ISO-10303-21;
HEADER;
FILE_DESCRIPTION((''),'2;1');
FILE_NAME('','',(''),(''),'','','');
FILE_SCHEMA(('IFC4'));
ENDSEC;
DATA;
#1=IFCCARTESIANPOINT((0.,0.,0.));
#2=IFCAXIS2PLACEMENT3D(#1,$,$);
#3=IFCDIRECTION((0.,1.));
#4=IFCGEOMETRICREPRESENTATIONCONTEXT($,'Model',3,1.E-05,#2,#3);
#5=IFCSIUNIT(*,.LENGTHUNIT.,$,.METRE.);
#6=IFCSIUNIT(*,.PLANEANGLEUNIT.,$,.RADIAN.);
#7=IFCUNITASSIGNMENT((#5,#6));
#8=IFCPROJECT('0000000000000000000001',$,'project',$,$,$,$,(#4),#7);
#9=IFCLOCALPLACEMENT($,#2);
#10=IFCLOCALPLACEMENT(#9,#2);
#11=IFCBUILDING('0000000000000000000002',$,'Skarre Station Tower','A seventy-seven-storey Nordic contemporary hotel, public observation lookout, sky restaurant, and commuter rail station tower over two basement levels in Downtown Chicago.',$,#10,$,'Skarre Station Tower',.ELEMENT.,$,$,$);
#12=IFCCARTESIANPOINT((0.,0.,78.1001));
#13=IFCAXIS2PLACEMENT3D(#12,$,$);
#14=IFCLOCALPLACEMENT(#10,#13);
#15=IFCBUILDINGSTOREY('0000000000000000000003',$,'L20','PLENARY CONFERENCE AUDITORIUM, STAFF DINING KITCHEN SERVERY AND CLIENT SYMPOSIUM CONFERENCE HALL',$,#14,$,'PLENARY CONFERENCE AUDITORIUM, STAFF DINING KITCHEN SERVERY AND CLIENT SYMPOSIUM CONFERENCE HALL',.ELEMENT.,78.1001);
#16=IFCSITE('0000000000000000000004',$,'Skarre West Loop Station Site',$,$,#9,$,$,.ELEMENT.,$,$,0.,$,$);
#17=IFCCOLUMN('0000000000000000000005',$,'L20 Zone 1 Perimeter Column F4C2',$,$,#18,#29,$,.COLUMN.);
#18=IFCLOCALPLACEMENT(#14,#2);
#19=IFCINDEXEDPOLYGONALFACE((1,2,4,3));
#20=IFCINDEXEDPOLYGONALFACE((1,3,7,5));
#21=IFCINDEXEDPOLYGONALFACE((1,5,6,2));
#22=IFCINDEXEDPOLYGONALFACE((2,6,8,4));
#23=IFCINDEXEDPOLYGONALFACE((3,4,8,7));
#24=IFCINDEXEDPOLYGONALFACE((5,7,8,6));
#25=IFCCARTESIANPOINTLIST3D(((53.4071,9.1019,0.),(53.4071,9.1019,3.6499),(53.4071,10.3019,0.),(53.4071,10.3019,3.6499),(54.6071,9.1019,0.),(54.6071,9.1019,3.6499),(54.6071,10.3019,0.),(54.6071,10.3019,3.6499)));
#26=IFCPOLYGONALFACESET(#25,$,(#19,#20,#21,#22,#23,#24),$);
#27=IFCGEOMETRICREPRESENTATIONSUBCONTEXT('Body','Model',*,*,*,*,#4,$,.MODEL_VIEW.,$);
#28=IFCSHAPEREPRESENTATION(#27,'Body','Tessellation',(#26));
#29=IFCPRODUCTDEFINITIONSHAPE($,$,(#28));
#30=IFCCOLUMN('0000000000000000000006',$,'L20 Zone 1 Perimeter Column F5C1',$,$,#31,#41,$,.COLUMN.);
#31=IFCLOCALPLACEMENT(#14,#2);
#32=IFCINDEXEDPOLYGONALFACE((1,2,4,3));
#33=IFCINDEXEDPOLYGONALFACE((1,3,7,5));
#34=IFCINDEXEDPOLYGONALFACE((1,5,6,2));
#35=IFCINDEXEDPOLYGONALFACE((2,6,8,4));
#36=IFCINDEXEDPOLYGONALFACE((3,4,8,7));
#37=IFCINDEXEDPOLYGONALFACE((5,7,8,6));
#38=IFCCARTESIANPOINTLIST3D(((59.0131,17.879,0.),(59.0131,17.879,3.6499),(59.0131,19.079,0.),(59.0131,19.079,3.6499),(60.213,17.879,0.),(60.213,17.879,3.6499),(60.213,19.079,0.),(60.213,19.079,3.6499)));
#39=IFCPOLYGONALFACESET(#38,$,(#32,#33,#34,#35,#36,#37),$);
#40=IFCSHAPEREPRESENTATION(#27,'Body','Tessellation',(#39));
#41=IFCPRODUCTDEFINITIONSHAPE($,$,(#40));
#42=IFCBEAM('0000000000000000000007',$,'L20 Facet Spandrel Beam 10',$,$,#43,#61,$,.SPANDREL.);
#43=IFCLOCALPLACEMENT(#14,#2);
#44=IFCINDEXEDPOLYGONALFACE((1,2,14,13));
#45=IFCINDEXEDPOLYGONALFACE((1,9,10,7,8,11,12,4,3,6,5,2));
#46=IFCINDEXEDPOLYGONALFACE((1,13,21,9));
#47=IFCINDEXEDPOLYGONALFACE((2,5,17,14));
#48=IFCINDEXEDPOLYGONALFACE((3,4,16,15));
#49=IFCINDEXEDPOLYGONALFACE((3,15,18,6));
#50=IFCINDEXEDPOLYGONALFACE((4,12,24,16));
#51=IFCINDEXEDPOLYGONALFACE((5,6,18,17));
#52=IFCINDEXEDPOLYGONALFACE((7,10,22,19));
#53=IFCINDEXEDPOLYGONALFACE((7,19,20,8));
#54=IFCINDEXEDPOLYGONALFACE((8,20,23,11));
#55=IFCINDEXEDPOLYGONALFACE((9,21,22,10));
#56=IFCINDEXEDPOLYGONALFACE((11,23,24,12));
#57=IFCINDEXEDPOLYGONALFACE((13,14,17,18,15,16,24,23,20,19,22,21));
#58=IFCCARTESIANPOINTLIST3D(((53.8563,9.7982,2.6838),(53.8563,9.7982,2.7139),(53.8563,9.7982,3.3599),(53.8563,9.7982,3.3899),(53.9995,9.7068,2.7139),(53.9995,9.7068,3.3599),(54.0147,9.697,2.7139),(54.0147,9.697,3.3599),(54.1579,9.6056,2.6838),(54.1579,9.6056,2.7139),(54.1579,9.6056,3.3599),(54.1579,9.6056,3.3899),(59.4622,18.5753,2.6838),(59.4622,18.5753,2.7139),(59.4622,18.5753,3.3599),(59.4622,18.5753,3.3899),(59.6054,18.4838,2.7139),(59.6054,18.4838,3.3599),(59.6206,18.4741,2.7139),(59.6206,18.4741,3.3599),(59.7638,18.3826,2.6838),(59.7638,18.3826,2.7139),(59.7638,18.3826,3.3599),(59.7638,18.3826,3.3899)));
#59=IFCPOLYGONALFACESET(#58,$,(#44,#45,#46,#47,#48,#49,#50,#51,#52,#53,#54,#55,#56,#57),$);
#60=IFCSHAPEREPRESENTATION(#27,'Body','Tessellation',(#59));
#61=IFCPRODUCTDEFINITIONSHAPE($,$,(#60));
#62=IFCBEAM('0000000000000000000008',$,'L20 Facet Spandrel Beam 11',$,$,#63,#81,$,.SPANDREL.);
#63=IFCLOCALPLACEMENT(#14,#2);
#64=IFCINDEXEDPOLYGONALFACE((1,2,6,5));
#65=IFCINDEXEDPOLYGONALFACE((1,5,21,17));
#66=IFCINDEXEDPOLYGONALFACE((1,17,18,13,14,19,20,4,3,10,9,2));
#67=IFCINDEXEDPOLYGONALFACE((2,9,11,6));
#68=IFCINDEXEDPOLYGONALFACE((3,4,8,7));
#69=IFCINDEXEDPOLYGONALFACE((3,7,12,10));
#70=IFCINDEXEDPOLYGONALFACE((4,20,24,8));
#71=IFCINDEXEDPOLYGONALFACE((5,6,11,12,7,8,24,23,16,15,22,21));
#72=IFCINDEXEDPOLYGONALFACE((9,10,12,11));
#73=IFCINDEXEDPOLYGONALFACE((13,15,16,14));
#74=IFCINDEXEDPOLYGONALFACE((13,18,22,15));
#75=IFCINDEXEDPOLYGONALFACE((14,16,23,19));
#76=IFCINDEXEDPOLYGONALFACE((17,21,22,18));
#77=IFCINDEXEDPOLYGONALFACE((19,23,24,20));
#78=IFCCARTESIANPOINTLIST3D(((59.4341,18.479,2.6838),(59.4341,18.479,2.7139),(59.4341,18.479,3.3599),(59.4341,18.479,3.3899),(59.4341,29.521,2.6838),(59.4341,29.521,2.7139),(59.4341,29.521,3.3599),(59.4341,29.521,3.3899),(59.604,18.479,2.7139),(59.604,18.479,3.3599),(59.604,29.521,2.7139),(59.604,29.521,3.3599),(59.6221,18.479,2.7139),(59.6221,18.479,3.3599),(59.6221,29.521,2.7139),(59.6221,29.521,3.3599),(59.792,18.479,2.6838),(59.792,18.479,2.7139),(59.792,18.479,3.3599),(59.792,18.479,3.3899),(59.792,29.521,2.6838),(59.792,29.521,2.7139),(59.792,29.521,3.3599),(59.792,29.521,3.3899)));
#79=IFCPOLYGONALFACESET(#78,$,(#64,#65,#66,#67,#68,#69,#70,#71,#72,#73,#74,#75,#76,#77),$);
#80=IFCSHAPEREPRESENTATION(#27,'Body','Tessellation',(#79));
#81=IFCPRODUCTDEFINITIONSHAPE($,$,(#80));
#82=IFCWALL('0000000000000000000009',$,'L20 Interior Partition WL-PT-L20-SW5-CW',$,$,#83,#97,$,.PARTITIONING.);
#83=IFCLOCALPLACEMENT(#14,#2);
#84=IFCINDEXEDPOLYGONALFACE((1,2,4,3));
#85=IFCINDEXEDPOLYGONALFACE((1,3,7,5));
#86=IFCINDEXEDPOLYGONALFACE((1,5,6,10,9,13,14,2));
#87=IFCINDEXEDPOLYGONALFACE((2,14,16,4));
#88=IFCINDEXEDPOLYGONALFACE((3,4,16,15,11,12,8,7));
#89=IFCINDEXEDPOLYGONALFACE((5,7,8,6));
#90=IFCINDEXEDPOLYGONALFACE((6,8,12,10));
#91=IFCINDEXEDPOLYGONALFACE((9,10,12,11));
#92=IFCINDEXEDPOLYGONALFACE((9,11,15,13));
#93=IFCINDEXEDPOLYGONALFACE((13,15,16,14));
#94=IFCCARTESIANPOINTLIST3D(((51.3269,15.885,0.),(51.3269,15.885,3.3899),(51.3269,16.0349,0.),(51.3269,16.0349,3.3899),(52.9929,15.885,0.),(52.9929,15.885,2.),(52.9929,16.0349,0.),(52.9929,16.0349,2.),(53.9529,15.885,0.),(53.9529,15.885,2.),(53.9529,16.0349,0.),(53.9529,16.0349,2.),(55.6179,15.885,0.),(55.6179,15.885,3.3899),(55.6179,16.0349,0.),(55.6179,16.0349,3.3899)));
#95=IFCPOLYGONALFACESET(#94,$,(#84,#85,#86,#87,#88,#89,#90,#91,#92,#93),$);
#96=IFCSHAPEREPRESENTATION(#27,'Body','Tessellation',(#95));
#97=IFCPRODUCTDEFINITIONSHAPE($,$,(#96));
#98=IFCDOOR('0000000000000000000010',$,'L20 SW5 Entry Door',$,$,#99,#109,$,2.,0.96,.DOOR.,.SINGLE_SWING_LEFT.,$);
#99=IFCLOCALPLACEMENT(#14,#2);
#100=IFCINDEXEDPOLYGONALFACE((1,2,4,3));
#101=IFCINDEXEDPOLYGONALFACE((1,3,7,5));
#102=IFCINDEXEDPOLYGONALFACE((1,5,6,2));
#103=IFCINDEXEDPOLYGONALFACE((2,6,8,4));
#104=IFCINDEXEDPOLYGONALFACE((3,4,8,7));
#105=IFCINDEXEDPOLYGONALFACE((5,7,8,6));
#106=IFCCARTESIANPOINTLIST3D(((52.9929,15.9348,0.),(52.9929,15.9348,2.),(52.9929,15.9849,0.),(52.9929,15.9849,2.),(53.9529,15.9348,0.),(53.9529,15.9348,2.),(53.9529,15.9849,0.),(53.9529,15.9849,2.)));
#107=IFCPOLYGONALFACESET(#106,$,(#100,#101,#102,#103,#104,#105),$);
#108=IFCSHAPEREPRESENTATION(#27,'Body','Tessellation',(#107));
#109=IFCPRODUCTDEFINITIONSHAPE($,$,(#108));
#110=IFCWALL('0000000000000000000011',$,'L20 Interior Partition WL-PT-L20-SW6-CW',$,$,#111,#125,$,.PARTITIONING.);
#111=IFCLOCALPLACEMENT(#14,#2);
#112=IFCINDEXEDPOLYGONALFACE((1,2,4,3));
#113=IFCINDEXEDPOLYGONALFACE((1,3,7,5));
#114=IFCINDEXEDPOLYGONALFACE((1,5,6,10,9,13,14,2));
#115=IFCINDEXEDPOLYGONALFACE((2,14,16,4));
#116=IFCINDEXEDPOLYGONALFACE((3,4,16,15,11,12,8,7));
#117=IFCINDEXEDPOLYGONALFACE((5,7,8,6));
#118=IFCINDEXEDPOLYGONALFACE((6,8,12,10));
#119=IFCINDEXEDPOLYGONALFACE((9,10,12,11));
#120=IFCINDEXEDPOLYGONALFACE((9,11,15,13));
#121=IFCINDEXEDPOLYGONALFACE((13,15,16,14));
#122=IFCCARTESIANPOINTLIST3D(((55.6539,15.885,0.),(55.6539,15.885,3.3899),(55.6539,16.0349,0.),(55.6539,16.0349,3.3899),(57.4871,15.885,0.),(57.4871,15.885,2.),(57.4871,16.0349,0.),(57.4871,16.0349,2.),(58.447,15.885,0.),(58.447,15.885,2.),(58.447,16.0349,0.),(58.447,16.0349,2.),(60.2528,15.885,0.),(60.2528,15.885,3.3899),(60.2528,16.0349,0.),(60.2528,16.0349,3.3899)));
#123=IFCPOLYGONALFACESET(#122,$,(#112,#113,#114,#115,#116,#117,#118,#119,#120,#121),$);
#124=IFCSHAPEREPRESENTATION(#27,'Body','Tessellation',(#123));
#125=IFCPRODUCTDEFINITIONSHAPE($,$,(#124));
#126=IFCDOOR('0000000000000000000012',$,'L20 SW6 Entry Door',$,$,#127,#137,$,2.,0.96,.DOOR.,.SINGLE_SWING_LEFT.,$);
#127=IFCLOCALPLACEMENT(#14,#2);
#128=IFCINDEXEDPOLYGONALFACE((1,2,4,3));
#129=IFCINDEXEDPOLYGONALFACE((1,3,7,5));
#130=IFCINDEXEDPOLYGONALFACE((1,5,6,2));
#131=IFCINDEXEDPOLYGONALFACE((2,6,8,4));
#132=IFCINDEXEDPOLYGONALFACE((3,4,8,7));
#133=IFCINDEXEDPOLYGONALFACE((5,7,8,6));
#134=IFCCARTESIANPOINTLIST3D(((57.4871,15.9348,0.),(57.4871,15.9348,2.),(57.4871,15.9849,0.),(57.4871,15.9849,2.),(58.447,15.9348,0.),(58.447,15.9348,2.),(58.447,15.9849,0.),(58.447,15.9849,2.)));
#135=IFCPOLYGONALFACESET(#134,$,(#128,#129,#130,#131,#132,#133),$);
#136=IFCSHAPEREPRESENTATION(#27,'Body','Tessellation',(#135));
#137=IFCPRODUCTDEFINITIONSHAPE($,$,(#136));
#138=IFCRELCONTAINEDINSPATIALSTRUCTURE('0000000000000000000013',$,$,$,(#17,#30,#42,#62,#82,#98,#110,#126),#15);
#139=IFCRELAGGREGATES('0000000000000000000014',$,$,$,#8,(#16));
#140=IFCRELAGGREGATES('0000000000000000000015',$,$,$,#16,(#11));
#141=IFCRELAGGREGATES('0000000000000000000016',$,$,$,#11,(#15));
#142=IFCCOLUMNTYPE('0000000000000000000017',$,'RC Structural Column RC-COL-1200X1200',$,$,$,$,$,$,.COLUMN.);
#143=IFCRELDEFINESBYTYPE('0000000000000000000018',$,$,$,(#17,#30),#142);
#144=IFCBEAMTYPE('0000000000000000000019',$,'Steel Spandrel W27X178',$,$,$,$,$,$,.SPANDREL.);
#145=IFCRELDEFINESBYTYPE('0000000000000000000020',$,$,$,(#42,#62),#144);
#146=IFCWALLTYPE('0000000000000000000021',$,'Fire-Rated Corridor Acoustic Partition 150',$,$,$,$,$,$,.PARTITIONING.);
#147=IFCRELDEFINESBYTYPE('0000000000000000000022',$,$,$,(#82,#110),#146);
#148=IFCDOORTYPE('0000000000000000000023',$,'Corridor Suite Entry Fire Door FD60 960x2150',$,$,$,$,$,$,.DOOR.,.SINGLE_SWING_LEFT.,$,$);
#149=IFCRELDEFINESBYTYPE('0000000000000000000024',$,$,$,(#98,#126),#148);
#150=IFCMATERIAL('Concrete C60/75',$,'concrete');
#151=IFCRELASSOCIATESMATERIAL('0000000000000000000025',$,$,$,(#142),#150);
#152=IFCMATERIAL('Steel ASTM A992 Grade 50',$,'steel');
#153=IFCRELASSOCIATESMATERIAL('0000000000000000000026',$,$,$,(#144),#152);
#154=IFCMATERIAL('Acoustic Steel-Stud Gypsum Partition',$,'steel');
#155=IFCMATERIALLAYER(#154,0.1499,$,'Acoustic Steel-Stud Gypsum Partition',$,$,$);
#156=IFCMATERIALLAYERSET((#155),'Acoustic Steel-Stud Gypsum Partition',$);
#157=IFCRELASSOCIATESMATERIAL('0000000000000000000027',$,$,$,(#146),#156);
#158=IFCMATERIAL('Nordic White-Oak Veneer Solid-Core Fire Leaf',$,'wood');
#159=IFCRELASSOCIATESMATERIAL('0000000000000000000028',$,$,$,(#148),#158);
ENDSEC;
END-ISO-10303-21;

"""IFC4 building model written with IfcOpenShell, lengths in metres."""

from ifc_helpers import new_model, si_unit, direction, frame, frame_2d, origin, origin_2d, place, context, subcontext, project, spatial, rectangle, i_section, extrude, material, layer, layer_set, material_profile, profile_set, type_object, element, fill, save


model = new_model("IFC4")

# Units and contexts
model_context = context("Model", 3, precision=1e-05, world=origin(), true_north=direction((0.0, 1.0)))
body_context = subcontext(model_context, "Body", "Model", "MODEL_VIEW")
ifc_project = project(units=[si_unit("LENGTHUNIT", "METRE"), si_unit("PLANEANGLEUNIT", "RADIAN")], contexts=[model_context])

# Site, building, storey
site_placement = place(None, origin())
site = spatial("IfcSite", under=ifc_project, at=site_placement, Name="Skarre West Loop Station Site", CompositionType="ELEMENT", RefElevation=0.0)
building_placement = place(site_placement, origin())
building = spatial("IfcBuilding", under=site, at=building_placement, Name="Skarre Station Tower", Description="A seventy-seven-storey Nordic contemporary hotel, public observation lookout, sky restaurant, and commuter rail station tower over two basement levels in Downtown Chicago.", LongName="Skarre Station Tower", CompositionType="ELEMENT")
storey_placement = place(building_placement, frame((0.0, 0.0, 78.1001)))
storey = spatial("IfcBuildingStorey", under=building, at=storey_placement, Name="L20", Description="PLENARY CONFERENCE AUDITORIUM, STAFF DINING KITCHEN SERVERY AND CLIENT SYMPOSIUM CONFERENCE HALL", LongName="PLENARY CONFERENCE AUDITORIUM, STAFF DINING KITCHEN SERVERY AND CLIENT SYMPOSIUM CONFERENCE HALL", CompositionType="ELEMENT", Elevation=78.1001)

# Columns
ifc_material_1 = material(Name="Concrete C60/75", Category="concrete")
ifc_material_profile_1 = material_profile(ifc_material_1, rectangle(XDim=1.2, YDim=1.2, at=origin_2d()), Name="Concrete C60/75")
ifc_profile_set_1 = profile_set([ifc_material_profile_1], Name="Concrete C60/75")
column_type = type_object("IfcColumnType", Name="RC Structural Column RC-COL-1200X1200", PredefinedType="COLUMN", material=ifc_profile_set_1)
for number, where, z_axis, x_axis, name in (
    (1, (54.0071, 9.7019, 0.0), (0.0, 0.0, 1.0), (1.0, 0.0, 0.0), "L20 Zone 1 Perimeter Column F4C2"),
    (2, (59.613, 18.479, 0.0), (0.0, 0.0, 1.0), (1.0, 0.0, 0.0), "L20 Zone 1 Perimeter Column F5C1"),
):
    element("IfcColumn", number, at=place(storey_placement, frame(where, z_axis=z_axis, x_axis=x_axis)), inside=storey, type_object=column_type, Name=name, PredefinedType="COLUMN", context=body_context, shape_type="SweptSolid", body=[
        extrude(rectangle(XDim=1.2, YDim=1.2, at=origin_2d()), origin(), (0.0, 0.0, 1.0), 3.6499),
    ])

# Beams
ifc_material_2 = material(Name="Steel ASTM A992 Grade 50", Category="steel")
ifc_material_profile_2 = material_profile(ifc_material_2, i_section(OverallWidth=0.3579, OverallDepth=0.7061, WebThickness=0.0181, FlangeThickness=0.03, at=origin_2d()), Name="Steel ASTM A992 Grade 50")
ifc_profile_set_2 = profile_set([ifc_material_profile_2], Name="Steel ASTM A992 Grade 50")
beam_type = type_object("IfcBeamType", Name="Steel Spandrel W27X178", PredefinedType="SPANDREL", material=ifc_profile_set_2)
beam_1_placement = place(storey_placement, frame((54.0071, 9.7019, 3.0369), z_axis=(0.538278, 0.842767, 0.0), x_axis=(-0.842767, 0.538278, 0.0)))
element("IfcBeam", 3, at=beam_1_placement, inside=storey, type_object=beam_type, Name="L20 Facet Spandrel Beam 10", PredefinedType="SPANDREL", context=body_context, shape_type="SweptSolid", body=[
    extrude(i_section(OverallWidth=0.3579, OverallDepth=0.7061, WebThickness=0.0181, FlangeThickness=0.03, at=origin_2d()), origin(), (0.0, 0.0, 1.0), 10.4146),
])
beam_2_placement = place(storey_placement, frame((59.613, 18.479, 3.0369), z_axis=(0.0, 1.0, 0.0), x_axis=(-1.0, 0.0, 0.0)))
element("IfcBeam", 4, at=beam_2_placement, inside=storey, type_object=beam_type, Name="L20 Facet Spandrel Beam 11", PredefinedType="SPANDREL", context=body_context, shape_type="SweptSolid", body=[
    extrude(i_section(OverallWidth=0.3579, OverallDepth=0.7061, WebThickness=0.0181, FlangeThickness=0.03, at=origin_2d()), origin(), (0.0, 0.0, 1.0), 11.042),
])

# Walls, openings, doors
ifc_material_3 = material(Name="Acoustic Steel-Stud Gypsum Partition", Category="steel")
ifc_layer_1 = layer(ifc_material_3, 0.1499, Name="Acoustic Steel-Stud Gypsum Partition")
ifc_layer_set_1 = layer_set([ifc_layer_1], Name="Acoustic Steel-Stud Gypsum Partition")
wall_type_1 = type_object("IfcWallType", Name="Fire-Rated Corridor Acoustic Partition 150", PredefinedType="PARTITIONING", material=ifc_layer_set_1)
wall_1_placement = place(storey_placement, frame((51.3269, 15.96, 0.0), z_axis=(0.0, 0.0, 1.0), x_axis=(1.0, 0.0, 0.0)))
wall_1 = element("IfcWall", 5, at=wall_1_placement, inside=storey, type_object=wall_type_1, Name="L20 Interior Partition WL-PT-L20-SW5-CW", PredefinedType="PARTITIONING", context=body_context, shape_type="SweptSolid", body=[
    extrude(rectangle(XDim=4.291, YDim=0.1499, at=frame_2d((2.1455, 0.0))), origin(), (0.0, 0.0, 1.0), 3.3899),
])
opening_1_placement = place(wall_1_placement, frame((1.666, 0.0, 0.0)))
opening_1 = element("IfcOpeningElement", 6, at=opening_1_placement, cuts=wall_1, PredefinedType="OPENING", context=body_context, shape_type="SweptSolid", body=[
    extrude(rectangle(XDim=0.96, YDim=2.0, at=frame_2d((0.48, 1.0))), frame((0.0, 0.085, 0.0), z_axis=(0.0, -1.0, 0.0), x_axis=(1.0, 0.0, 0.0)), (0.0, 0.0, 1.0), 0.1699),
])
ifc_material_4 = material(Name="Nordic White-Oak Veneer Solid-Core Fire Leaf", Category="wood")
door_type = type_object("IfcDoorType", Name="Corridor Suite Entry Fire Door FD60 960x2150", OperationType="SINGLE_SWING_LEFT", PredefinedType="DOOR", material=ifc_material_4)
door_1_placement = place(opening_1_placement, origin())
door_1 = element("IfcDoor", 7, at=door_1_placement, inside=storey, type_object=door_type, Name="L20 SW5 Entry Door", OperationType="SINGLE_SWING_LEFT", OverallHeight=2.0, OverallWidth=0.96, PredefinedType="DOOR", context=body_context, shape_type="SweptSolid", body=[
    extrude(rectangle(XDim=0.96, YDim=2.0, at=frame_2d((0.48, 1.0))), frame((0.0, 0.0249, 0.0), z_axis=(0.0, -1.0, 0.0), x_axis=(1.0, 0.0, 0.0)), (0.0, 0.0, 1.0), 0.05),
])
fill(opening_1, door_1)
wall_2_placement = place(storey_placement, frame((55.6541, 15.96, 0.0), z_axis=(0.0, 0.0, 1.0), x_axis=(1.0, 0.0, 0.0)))
wall_2 = element("IfcWall", 8, at=wall_2_placement, inside=storey, type_object=wall_type_1, Name="L20 Interior Partition WL-PT-L20-SW6-CW", PredefinedType="PARTITIONING", context=body_context, shape_type="SweptSolid", body=[
    extrude(rectangle(XDim=4.5989, YDim=0.1499, at=frame_2d((2.2993, 0.0))), origin(), (0.0, 0.0, 1.0), 3.3899),
])
opening_2_placement = place(wall_2_placement, frame((1.833, 0.0, 0.0)))
opening_2 = element("IfcOpeningElement", 9, at=opening_2_placement, cuts=wall_2, PredefinedType="OPENING", context=body_context, shape_type="SweptSolid", body=[
    extrude(rectangle(XDim=0.96, YDim=2.0, at=frame_2d((0.48, 1.0))), frame((0.0, 0.085, 0.0), z_axis=(0.0, -1.0, 0.0), x_axis=(1.0, 0.0, 0.0)), (0.0, 0.0, 1.0), 0.1699),
])
door_2_placement = place(opening_2_placement, origin())
door_2 = element("IfcDoor", 10, at=door_2_placement, inside=storey, type_object=door_type, Name="L20 SW6 Entry Door", OperationType="SINGLE_SWING_LEFT", OverallHeight=2.0, OverallWidth=0.96, PredefinedType="DOOR", context=body_context, shape_type="SweptSolid", body=[
    extrude(rectangle(XDim=0.96, YDim=2.0, at=frame_2d((0.48, 1.0))), frame((0.0, 0.0249, 0.0), z_axis=(0.0, -1.0, 0.0), x_axis=(1.0, 0.0, 0.0)), (0.0, 0.0, 1.0), 0.05),
])
fill(opening_2, door_2)

save(model, "model.ifc")
